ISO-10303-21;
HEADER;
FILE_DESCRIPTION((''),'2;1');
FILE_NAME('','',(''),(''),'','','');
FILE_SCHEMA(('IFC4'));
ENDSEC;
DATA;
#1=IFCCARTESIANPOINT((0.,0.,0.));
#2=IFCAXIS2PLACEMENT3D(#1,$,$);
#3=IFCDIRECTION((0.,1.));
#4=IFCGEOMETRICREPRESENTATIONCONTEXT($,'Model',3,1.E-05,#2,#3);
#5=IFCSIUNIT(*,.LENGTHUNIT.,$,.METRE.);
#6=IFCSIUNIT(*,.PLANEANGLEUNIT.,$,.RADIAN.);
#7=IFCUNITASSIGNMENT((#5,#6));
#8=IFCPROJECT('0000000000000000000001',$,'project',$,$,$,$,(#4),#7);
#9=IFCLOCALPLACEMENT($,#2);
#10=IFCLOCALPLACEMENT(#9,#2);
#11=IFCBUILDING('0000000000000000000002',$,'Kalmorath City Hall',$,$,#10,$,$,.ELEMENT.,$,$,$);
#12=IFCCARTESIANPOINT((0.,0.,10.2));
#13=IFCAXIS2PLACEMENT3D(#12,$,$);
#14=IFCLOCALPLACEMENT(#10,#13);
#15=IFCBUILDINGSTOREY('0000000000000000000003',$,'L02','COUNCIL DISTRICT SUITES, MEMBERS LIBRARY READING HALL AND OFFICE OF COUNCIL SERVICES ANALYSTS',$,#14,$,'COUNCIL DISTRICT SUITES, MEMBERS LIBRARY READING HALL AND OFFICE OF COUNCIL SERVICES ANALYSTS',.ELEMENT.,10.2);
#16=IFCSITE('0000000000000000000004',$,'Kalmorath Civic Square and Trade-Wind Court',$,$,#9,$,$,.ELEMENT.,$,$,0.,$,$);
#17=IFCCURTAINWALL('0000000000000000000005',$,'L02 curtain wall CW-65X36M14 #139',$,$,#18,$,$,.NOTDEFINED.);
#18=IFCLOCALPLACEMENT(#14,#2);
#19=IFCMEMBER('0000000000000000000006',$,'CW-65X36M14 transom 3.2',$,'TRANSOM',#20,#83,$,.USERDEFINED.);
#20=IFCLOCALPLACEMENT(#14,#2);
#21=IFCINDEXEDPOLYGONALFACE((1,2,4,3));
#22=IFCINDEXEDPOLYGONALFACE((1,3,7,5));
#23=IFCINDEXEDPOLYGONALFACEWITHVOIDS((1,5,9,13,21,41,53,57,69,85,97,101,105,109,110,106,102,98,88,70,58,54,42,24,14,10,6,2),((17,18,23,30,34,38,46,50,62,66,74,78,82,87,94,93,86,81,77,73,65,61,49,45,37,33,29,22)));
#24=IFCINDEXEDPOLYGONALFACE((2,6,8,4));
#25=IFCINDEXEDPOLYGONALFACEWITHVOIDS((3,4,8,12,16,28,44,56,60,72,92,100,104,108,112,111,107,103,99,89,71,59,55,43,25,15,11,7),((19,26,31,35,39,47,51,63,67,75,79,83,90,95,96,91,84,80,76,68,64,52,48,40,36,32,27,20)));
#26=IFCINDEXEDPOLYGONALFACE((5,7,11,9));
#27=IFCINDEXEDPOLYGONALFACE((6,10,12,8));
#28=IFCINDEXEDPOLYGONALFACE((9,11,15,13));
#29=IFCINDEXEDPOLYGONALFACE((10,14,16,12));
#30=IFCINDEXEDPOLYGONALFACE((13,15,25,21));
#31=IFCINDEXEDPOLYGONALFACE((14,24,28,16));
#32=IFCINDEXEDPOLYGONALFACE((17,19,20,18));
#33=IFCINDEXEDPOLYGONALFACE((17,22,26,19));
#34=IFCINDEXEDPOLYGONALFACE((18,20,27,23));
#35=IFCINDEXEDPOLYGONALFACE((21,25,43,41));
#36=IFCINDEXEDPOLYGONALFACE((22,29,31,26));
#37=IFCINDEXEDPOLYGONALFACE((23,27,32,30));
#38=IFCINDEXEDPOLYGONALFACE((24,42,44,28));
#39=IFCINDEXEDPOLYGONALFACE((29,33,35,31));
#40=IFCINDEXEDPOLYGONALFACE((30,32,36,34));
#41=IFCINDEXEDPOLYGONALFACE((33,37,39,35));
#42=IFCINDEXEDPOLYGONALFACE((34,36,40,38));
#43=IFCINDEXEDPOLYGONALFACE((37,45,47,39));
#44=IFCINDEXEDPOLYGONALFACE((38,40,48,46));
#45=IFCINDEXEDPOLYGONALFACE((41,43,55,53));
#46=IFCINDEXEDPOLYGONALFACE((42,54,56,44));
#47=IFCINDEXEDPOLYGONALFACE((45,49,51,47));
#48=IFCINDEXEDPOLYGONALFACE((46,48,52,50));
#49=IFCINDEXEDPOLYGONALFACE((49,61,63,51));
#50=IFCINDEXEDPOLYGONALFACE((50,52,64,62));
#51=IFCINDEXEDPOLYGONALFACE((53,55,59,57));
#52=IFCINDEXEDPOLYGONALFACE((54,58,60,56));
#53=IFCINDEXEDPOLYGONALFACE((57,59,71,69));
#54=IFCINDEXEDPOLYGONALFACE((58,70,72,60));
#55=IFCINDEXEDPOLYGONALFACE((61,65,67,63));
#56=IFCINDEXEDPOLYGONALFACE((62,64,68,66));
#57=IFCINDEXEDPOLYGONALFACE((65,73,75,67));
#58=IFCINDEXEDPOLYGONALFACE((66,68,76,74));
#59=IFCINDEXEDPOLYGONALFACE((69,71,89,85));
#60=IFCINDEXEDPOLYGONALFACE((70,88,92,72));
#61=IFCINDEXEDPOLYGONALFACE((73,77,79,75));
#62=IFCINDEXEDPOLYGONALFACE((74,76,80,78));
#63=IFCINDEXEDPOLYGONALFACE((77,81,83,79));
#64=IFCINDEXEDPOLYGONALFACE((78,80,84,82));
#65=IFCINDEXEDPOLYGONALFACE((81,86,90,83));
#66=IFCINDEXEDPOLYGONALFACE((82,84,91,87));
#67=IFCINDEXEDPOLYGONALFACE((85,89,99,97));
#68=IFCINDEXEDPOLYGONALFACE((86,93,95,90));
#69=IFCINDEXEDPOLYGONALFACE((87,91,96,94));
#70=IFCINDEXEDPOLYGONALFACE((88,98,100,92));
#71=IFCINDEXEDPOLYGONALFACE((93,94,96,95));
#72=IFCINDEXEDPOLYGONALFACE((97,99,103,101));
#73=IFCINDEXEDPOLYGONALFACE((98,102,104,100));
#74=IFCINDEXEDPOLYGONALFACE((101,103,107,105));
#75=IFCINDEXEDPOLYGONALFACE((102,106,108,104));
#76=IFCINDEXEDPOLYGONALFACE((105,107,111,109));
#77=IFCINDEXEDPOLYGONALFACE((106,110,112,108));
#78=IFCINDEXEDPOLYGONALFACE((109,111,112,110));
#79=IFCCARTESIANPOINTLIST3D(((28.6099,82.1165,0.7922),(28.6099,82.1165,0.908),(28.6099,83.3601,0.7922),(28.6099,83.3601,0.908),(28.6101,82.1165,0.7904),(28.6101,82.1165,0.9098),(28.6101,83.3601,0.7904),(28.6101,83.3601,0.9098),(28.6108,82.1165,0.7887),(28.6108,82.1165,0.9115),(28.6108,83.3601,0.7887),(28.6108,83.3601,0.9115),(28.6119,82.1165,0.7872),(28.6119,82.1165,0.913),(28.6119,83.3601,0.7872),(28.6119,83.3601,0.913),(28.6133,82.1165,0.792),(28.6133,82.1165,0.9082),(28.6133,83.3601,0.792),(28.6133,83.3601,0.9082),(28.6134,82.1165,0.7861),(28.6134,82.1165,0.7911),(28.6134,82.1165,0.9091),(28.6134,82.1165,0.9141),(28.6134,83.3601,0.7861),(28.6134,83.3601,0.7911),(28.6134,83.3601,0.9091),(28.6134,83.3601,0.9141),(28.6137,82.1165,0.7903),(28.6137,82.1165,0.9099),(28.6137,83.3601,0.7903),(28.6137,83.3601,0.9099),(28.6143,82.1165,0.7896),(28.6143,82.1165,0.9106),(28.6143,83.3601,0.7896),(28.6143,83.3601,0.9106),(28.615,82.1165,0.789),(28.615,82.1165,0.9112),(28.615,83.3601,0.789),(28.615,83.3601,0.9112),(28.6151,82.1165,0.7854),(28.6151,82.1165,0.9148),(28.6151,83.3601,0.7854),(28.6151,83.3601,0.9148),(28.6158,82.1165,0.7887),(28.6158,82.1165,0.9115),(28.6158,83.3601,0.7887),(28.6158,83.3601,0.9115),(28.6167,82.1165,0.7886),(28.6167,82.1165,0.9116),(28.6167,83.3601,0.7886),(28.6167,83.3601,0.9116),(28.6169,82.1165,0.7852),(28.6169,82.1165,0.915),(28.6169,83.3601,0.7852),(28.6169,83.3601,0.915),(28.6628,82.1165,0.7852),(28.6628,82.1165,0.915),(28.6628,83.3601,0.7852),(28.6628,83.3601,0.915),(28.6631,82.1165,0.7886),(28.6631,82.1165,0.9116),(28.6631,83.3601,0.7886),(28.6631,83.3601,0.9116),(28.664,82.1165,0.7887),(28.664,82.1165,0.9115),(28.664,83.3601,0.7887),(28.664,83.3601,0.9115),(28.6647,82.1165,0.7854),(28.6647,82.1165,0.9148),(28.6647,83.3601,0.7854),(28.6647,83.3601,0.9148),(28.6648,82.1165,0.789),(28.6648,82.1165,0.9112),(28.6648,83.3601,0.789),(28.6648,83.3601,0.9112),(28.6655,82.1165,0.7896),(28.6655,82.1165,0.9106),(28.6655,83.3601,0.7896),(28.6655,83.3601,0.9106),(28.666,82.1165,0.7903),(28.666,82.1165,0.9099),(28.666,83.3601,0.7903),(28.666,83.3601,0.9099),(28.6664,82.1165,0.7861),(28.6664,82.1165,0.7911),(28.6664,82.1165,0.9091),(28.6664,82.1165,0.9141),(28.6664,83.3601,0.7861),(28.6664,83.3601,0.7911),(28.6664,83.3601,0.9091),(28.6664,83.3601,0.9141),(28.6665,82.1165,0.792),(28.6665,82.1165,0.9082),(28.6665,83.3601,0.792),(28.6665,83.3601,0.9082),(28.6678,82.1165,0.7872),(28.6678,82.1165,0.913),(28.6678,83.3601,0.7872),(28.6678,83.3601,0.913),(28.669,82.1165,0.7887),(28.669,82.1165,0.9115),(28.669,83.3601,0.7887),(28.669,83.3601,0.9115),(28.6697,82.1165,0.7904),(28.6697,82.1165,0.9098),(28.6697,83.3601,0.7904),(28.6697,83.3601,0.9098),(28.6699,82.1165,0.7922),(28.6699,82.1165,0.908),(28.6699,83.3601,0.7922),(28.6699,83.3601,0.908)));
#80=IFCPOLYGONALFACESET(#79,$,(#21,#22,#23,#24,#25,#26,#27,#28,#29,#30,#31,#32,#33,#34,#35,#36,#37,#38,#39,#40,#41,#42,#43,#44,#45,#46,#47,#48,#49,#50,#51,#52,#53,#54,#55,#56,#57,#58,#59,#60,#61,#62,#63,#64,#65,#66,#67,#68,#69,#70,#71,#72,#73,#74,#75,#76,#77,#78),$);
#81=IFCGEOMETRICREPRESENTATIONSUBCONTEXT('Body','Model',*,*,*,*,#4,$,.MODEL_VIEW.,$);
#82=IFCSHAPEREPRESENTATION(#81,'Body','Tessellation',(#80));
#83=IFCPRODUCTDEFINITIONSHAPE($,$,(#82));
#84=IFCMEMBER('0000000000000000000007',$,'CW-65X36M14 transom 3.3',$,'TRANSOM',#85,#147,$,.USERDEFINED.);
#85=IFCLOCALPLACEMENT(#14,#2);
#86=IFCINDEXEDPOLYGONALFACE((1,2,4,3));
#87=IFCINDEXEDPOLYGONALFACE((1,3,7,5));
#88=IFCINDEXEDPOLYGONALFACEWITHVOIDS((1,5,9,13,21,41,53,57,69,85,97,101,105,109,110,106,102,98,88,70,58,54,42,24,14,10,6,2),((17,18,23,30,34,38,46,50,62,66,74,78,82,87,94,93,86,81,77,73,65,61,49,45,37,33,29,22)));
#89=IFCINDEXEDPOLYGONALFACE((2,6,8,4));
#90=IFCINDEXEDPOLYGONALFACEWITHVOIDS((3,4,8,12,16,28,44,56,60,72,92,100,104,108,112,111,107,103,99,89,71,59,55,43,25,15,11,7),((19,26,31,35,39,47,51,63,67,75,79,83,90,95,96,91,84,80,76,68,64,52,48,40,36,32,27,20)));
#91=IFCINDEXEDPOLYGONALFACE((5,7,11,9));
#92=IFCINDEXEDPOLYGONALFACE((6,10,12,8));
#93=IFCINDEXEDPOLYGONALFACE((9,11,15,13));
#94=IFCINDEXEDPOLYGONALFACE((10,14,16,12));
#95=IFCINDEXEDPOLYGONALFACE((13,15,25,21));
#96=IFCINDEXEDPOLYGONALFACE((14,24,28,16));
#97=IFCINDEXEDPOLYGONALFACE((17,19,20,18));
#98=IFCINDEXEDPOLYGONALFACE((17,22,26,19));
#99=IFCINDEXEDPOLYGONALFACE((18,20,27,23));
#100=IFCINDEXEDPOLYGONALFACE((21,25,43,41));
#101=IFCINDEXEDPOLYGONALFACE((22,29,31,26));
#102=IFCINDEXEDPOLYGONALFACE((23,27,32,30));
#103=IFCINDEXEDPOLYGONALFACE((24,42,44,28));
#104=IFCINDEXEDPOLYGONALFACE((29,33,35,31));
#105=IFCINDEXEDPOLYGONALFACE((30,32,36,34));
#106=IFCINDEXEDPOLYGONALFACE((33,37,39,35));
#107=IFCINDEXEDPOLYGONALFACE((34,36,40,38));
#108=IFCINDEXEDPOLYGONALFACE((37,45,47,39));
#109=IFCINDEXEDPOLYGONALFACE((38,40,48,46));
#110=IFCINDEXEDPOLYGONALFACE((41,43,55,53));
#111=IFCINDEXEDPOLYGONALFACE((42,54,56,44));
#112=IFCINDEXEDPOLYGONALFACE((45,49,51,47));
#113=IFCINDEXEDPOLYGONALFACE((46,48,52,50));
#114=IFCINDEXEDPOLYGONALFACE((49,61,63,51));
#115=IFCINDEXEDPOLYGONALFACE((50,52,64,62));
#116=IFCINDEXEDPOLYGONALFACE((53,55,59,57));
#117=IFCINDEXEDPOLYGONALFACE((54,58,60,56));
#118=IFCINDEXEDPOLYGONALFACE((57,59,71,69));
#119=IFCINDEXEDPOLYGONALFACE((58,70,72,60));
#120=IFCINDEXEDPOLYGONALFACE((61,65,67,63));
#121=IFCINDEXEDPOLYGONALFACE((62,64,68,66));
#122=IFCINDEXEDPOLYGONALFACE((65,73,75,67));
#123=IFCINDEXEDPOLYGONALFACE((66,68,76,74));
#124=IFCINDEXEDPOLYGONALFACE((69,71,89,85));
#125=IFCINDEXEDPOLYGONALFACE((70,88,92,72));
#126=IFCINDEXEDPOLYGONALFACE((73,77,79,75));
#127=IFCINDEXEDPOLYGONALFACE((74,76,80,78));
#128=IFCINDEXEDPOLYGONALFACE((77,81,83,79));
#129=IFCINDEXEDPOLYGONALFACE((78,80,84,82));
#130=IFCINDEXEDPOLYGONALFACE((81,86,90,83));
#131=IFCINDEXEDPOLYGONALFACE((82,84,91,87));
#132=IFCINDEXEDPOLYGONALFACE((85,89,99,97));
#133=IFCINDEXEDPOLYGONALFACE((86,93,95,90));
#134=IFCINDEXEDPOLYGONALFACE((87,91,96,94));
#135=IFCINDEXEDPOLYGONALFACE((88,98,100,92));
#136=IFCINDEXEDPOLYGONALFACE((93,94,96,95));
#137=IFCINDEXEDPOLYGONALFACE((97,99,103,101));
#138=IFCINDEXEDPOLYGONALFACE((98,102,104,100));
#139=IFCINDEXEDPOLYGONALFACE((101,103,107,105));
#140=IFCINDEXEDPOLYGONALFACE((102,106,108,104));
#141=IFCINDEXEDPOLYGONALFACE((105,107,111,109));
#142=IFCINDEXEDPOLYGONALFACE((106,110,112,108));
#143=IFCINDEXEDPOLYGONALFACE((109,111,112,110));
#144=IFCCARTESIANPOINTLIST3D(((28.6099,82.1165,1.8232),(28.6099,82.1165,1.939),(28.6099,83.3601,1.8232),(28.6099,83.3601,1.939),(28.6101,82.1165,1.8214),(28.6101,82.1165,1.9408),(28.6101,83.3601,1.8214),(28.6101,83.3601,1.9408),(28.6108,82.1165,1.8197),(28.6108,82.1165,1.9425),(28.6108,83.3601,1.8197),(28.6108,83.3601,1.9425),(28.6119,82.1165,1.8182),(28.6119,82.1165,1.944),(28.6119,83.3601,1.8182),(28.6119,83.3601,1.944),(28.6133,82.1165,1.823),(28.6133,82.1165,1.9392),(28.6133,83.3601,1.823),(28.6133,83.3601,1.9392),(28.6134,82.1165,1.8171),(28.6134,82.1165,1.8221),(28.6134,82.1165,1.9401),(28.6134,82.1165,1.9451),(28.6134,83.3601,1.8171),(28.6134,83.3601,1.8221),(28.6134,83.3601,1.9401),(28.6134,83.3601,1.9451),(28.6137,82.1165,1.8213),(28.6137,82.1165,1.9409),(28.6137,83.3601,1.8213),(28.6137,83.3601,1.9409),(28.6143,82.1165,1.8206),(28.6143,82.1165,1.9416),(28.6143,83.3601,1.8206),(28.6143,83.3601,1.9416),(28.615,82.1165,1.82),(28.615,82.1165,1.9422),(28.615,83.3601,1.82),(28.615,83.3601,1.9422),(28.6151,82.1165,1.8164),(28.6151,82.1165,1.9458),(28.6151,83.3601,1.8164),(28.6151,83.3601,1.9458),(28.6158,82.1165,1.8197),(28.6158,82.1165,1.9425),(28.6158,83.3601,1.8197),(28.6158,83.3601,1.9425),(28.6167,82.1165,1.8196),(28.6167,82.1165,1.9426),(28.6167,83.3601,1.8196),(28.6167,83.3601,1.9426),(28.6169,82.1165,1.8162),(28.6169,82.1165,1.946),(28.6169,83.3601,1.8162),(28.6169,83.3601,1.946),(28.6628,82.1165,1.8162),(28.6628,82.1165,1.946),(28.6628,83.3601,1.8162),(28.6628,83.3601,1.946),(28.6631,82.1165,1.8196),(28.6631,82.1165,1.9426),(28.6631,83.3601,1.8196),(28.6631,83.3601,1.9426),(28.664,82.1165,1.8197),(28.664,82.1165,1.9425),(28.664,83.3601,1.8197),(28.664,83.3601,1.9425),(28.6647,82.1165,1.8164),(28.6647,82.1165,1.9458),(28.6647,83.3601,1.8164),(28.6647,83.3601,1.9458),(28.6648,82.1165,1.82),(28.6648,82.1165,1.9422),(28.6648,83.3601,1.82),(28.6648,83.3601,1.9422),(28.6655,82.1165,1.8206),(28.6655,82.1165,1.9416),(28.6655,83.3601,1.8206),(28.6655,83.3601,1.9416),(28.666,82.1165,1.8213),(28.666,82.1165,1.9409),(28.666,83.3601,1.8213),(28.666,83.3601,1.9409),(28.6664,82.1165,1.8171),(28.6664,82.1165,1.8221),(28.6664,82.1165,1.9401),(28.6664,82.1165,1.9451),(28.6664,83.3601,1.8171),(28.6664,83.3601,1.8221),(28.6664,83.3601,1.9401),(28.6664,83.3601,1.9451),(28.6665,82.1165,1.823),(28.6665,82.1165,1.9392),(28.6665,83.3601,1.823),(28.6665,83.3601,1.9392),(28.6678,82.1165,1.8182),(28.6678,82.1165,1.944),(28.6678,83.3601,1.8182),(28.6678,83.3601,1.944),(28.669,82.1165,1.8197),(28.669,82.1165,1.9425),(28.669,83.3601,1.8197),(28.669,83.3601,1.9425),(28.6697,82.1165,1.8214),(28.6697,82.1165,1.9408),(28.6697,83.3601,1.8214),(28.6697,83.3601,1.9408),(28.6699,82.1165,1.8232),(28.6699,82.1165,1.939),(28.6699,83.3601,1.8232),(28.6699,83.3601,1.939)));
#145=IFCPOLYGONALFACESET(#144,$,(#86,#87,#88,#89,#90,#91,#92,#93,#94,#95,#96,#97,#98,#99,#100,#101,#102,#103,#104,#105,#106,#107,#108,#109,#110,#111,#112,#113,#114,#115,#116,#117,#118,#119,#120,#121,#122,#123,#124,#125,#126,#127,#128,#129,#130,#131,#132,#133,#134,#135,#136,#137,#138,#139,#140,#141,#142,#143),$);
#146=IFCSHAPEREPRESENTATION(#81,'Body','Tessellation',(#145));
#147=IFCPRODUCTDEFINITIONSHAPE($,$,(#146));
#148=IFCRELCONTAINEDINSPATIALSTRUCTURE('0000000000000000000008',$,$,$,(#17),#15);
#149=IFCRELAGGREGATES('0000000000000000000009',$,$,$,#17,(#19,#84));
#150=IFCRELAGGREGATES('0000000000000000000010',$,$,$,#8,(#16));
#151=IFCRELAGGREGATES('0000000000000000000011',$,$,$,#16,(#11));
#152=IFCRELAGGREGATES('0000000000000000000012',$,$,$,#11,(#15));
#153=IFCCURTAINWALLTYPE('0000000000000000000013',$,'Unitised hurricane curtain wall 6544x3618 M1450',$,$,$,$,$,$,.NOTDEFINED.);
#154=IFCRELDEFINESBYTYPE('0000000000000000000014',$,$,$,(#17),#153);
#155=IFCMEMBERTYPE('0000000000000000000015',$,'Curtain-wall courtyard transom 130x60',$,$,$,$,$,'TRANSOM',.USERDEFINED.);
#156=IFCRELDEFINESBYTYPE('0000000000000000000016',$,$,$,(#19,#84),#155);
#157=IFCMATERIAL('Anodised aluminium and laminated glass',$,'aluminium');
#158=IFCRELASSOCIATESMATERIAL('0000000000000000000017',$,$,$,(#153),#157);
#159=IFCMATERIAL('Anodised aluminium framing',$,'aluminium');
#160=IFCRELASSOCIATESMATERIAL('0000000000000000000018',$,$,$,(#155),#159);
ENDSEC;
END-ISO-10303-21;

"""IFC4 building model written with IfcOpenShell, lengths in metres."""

from ifc_helpers import new_model, si_unit, direction, frame, origin, origin_2d, place, context, subcontext, project, spatial, hollow_rectangle, extrude, material, material_profile, profile_set, type_object, element, aggregate, save


model = new_model("IFC4")

# Units and contexts
model_context = context("Model", 3, precision=1e-05, world=origin(), true_north=direction((0.0, 1.0)))
body_context = subcontext(model_context, "Body", "Model", "MODEL_VIEW")
ifc_project = project(units=[si_unit("LENGTHUNIT", "METRE"), si_unit("PLANEANGLEUNIT", "RADIAN")], contexts=[model_context])

# Site, building, storey
site_placement = place(None, origin())
site = spatial("IfcSite", under=ifc_project, at=site_placement, Name="Kalmorath Civic Square and Trade-Wind Court", CompositionType="ELEMENT", RefElevation=0.0)
building_placement = place(site_placement, origin())
building = spatial("IfcBuilding", under=site, at=building_placement, Name="Kalmorath City Hall", CompositionType="ELEMENT")
storey_placement = place(building_placement, frame((0.0, 0.0, 10.2)))
storey = spatial("IfcBuildingStorey", under=building, at=storey_placement, Name="L02", Description="COUNCIL DISTRICT SUITES, MEMBERS LIBRARY READING HALL AND OFFICE OF COUNCIL SERVICES ANALYSTS", LongName="COUNCIL DISTRICT SUITES, MEMBERS LIBRARY READING HALL AND OFFICE OF COUNCIL SERVICES ANALYSTS", CompositionType="ELEMENT", Elevation=10.2)

# Curtain wall, members
ifc_material_1 = material(Name="Anodised aluminium and laminated glass", Category="aluminium")
curtain_wall_type = type_object("IfcCurtainWallType", Name="Unitised hurricane curtain wall 6544x3618 M1450", PredefinedType="NOTDEFINED", material=ifc_material_1)
curtain_wall_placement = place(storey_placement, origin())
curtain_wall = element("IfcCurtainWall", 1, at=curtain_wall_placement, inside=storey, type_object=curtain_wall_type, Name="L02 curtain wall CW-65X36M14 #139", PredefinedType="NOTDEFINED")
ifc_material_2 = material(Name="Anodised aluminium framing", Category="aluminium")
ifc_material_profile_1 = material_profile(ifc_material_2, hollow_rectangle(XDim=0.0601, YDim=0.1299, WallThickness=0.0034, InnerFilletRadius=0.0034, OuterFilletRadius=0.0071, at=origin_2d()), Name="ALU-TRN-130X60X3.5")
ifc_profile_set_1 = profile_set([ifc_material_profile_1], Name="Anodised aluminium framing")
member_type_1 = type_object("IfcMemberType", Name="Curtain-wall courtyard transom 130x60", ElementType="TRANSOM", PredefinedType="USERDEFINED", material=ifc_profile_set_1)
member_1_placement = place(storey_placement, frame((28.6399, 83.3601, 0.8501), z_axis=(0.0, -1.0, 0.0), x_axis=(1.0, 0.0, 0.0)))
member_1 = element("IfcMember", 2, at=member_1_placement, type_object=member_type_1, Name="CW-65X36M14 transom 3.2", ObjectType="TRANSOM", PredefinedType="USERDEFINED", context=body_context, shape_type="SweptSolid", body=[
    extrude(hollow_rectangle(XDim=0.0601, YDim=0.1299, WallThickness=0.0034, InnerFilletRadius=0.0034, OuterFilletRadius=0.0071, at=origin_2d()), origin(), (0.0, 0.0, 1.0), 1.2437),
])
member_2_placement = place(storey_placement, frame((28.6399, 83.3601, 1.8811), z_axis=(0.0, -1.0, 0.0), x_axis=(1.0, 0.0, 0.0)))
member_2 = element("IfcMember", 3, at=member_2_placement, type_object=member_type_1, Name="CW-65X36M14 transom 3.3", ObjectType="TRANSOM", PredefinedType="USERDEFINED", context=body_context, shape_type="SweptSolid", body=[
    extrude(hollow_rectangle(XDim=0.0601, YDim=0.1299, WallThickness=0.0034, InnerFilletRadius=0.0034, OuterFilletRadius=0.0071, at=origin_2d()), origin(), (0.0, 0.0, 1.0), 1.2437),
])

aggregate(curtain_wall, [member_1, member_2])

save(model, "model.ifc")
